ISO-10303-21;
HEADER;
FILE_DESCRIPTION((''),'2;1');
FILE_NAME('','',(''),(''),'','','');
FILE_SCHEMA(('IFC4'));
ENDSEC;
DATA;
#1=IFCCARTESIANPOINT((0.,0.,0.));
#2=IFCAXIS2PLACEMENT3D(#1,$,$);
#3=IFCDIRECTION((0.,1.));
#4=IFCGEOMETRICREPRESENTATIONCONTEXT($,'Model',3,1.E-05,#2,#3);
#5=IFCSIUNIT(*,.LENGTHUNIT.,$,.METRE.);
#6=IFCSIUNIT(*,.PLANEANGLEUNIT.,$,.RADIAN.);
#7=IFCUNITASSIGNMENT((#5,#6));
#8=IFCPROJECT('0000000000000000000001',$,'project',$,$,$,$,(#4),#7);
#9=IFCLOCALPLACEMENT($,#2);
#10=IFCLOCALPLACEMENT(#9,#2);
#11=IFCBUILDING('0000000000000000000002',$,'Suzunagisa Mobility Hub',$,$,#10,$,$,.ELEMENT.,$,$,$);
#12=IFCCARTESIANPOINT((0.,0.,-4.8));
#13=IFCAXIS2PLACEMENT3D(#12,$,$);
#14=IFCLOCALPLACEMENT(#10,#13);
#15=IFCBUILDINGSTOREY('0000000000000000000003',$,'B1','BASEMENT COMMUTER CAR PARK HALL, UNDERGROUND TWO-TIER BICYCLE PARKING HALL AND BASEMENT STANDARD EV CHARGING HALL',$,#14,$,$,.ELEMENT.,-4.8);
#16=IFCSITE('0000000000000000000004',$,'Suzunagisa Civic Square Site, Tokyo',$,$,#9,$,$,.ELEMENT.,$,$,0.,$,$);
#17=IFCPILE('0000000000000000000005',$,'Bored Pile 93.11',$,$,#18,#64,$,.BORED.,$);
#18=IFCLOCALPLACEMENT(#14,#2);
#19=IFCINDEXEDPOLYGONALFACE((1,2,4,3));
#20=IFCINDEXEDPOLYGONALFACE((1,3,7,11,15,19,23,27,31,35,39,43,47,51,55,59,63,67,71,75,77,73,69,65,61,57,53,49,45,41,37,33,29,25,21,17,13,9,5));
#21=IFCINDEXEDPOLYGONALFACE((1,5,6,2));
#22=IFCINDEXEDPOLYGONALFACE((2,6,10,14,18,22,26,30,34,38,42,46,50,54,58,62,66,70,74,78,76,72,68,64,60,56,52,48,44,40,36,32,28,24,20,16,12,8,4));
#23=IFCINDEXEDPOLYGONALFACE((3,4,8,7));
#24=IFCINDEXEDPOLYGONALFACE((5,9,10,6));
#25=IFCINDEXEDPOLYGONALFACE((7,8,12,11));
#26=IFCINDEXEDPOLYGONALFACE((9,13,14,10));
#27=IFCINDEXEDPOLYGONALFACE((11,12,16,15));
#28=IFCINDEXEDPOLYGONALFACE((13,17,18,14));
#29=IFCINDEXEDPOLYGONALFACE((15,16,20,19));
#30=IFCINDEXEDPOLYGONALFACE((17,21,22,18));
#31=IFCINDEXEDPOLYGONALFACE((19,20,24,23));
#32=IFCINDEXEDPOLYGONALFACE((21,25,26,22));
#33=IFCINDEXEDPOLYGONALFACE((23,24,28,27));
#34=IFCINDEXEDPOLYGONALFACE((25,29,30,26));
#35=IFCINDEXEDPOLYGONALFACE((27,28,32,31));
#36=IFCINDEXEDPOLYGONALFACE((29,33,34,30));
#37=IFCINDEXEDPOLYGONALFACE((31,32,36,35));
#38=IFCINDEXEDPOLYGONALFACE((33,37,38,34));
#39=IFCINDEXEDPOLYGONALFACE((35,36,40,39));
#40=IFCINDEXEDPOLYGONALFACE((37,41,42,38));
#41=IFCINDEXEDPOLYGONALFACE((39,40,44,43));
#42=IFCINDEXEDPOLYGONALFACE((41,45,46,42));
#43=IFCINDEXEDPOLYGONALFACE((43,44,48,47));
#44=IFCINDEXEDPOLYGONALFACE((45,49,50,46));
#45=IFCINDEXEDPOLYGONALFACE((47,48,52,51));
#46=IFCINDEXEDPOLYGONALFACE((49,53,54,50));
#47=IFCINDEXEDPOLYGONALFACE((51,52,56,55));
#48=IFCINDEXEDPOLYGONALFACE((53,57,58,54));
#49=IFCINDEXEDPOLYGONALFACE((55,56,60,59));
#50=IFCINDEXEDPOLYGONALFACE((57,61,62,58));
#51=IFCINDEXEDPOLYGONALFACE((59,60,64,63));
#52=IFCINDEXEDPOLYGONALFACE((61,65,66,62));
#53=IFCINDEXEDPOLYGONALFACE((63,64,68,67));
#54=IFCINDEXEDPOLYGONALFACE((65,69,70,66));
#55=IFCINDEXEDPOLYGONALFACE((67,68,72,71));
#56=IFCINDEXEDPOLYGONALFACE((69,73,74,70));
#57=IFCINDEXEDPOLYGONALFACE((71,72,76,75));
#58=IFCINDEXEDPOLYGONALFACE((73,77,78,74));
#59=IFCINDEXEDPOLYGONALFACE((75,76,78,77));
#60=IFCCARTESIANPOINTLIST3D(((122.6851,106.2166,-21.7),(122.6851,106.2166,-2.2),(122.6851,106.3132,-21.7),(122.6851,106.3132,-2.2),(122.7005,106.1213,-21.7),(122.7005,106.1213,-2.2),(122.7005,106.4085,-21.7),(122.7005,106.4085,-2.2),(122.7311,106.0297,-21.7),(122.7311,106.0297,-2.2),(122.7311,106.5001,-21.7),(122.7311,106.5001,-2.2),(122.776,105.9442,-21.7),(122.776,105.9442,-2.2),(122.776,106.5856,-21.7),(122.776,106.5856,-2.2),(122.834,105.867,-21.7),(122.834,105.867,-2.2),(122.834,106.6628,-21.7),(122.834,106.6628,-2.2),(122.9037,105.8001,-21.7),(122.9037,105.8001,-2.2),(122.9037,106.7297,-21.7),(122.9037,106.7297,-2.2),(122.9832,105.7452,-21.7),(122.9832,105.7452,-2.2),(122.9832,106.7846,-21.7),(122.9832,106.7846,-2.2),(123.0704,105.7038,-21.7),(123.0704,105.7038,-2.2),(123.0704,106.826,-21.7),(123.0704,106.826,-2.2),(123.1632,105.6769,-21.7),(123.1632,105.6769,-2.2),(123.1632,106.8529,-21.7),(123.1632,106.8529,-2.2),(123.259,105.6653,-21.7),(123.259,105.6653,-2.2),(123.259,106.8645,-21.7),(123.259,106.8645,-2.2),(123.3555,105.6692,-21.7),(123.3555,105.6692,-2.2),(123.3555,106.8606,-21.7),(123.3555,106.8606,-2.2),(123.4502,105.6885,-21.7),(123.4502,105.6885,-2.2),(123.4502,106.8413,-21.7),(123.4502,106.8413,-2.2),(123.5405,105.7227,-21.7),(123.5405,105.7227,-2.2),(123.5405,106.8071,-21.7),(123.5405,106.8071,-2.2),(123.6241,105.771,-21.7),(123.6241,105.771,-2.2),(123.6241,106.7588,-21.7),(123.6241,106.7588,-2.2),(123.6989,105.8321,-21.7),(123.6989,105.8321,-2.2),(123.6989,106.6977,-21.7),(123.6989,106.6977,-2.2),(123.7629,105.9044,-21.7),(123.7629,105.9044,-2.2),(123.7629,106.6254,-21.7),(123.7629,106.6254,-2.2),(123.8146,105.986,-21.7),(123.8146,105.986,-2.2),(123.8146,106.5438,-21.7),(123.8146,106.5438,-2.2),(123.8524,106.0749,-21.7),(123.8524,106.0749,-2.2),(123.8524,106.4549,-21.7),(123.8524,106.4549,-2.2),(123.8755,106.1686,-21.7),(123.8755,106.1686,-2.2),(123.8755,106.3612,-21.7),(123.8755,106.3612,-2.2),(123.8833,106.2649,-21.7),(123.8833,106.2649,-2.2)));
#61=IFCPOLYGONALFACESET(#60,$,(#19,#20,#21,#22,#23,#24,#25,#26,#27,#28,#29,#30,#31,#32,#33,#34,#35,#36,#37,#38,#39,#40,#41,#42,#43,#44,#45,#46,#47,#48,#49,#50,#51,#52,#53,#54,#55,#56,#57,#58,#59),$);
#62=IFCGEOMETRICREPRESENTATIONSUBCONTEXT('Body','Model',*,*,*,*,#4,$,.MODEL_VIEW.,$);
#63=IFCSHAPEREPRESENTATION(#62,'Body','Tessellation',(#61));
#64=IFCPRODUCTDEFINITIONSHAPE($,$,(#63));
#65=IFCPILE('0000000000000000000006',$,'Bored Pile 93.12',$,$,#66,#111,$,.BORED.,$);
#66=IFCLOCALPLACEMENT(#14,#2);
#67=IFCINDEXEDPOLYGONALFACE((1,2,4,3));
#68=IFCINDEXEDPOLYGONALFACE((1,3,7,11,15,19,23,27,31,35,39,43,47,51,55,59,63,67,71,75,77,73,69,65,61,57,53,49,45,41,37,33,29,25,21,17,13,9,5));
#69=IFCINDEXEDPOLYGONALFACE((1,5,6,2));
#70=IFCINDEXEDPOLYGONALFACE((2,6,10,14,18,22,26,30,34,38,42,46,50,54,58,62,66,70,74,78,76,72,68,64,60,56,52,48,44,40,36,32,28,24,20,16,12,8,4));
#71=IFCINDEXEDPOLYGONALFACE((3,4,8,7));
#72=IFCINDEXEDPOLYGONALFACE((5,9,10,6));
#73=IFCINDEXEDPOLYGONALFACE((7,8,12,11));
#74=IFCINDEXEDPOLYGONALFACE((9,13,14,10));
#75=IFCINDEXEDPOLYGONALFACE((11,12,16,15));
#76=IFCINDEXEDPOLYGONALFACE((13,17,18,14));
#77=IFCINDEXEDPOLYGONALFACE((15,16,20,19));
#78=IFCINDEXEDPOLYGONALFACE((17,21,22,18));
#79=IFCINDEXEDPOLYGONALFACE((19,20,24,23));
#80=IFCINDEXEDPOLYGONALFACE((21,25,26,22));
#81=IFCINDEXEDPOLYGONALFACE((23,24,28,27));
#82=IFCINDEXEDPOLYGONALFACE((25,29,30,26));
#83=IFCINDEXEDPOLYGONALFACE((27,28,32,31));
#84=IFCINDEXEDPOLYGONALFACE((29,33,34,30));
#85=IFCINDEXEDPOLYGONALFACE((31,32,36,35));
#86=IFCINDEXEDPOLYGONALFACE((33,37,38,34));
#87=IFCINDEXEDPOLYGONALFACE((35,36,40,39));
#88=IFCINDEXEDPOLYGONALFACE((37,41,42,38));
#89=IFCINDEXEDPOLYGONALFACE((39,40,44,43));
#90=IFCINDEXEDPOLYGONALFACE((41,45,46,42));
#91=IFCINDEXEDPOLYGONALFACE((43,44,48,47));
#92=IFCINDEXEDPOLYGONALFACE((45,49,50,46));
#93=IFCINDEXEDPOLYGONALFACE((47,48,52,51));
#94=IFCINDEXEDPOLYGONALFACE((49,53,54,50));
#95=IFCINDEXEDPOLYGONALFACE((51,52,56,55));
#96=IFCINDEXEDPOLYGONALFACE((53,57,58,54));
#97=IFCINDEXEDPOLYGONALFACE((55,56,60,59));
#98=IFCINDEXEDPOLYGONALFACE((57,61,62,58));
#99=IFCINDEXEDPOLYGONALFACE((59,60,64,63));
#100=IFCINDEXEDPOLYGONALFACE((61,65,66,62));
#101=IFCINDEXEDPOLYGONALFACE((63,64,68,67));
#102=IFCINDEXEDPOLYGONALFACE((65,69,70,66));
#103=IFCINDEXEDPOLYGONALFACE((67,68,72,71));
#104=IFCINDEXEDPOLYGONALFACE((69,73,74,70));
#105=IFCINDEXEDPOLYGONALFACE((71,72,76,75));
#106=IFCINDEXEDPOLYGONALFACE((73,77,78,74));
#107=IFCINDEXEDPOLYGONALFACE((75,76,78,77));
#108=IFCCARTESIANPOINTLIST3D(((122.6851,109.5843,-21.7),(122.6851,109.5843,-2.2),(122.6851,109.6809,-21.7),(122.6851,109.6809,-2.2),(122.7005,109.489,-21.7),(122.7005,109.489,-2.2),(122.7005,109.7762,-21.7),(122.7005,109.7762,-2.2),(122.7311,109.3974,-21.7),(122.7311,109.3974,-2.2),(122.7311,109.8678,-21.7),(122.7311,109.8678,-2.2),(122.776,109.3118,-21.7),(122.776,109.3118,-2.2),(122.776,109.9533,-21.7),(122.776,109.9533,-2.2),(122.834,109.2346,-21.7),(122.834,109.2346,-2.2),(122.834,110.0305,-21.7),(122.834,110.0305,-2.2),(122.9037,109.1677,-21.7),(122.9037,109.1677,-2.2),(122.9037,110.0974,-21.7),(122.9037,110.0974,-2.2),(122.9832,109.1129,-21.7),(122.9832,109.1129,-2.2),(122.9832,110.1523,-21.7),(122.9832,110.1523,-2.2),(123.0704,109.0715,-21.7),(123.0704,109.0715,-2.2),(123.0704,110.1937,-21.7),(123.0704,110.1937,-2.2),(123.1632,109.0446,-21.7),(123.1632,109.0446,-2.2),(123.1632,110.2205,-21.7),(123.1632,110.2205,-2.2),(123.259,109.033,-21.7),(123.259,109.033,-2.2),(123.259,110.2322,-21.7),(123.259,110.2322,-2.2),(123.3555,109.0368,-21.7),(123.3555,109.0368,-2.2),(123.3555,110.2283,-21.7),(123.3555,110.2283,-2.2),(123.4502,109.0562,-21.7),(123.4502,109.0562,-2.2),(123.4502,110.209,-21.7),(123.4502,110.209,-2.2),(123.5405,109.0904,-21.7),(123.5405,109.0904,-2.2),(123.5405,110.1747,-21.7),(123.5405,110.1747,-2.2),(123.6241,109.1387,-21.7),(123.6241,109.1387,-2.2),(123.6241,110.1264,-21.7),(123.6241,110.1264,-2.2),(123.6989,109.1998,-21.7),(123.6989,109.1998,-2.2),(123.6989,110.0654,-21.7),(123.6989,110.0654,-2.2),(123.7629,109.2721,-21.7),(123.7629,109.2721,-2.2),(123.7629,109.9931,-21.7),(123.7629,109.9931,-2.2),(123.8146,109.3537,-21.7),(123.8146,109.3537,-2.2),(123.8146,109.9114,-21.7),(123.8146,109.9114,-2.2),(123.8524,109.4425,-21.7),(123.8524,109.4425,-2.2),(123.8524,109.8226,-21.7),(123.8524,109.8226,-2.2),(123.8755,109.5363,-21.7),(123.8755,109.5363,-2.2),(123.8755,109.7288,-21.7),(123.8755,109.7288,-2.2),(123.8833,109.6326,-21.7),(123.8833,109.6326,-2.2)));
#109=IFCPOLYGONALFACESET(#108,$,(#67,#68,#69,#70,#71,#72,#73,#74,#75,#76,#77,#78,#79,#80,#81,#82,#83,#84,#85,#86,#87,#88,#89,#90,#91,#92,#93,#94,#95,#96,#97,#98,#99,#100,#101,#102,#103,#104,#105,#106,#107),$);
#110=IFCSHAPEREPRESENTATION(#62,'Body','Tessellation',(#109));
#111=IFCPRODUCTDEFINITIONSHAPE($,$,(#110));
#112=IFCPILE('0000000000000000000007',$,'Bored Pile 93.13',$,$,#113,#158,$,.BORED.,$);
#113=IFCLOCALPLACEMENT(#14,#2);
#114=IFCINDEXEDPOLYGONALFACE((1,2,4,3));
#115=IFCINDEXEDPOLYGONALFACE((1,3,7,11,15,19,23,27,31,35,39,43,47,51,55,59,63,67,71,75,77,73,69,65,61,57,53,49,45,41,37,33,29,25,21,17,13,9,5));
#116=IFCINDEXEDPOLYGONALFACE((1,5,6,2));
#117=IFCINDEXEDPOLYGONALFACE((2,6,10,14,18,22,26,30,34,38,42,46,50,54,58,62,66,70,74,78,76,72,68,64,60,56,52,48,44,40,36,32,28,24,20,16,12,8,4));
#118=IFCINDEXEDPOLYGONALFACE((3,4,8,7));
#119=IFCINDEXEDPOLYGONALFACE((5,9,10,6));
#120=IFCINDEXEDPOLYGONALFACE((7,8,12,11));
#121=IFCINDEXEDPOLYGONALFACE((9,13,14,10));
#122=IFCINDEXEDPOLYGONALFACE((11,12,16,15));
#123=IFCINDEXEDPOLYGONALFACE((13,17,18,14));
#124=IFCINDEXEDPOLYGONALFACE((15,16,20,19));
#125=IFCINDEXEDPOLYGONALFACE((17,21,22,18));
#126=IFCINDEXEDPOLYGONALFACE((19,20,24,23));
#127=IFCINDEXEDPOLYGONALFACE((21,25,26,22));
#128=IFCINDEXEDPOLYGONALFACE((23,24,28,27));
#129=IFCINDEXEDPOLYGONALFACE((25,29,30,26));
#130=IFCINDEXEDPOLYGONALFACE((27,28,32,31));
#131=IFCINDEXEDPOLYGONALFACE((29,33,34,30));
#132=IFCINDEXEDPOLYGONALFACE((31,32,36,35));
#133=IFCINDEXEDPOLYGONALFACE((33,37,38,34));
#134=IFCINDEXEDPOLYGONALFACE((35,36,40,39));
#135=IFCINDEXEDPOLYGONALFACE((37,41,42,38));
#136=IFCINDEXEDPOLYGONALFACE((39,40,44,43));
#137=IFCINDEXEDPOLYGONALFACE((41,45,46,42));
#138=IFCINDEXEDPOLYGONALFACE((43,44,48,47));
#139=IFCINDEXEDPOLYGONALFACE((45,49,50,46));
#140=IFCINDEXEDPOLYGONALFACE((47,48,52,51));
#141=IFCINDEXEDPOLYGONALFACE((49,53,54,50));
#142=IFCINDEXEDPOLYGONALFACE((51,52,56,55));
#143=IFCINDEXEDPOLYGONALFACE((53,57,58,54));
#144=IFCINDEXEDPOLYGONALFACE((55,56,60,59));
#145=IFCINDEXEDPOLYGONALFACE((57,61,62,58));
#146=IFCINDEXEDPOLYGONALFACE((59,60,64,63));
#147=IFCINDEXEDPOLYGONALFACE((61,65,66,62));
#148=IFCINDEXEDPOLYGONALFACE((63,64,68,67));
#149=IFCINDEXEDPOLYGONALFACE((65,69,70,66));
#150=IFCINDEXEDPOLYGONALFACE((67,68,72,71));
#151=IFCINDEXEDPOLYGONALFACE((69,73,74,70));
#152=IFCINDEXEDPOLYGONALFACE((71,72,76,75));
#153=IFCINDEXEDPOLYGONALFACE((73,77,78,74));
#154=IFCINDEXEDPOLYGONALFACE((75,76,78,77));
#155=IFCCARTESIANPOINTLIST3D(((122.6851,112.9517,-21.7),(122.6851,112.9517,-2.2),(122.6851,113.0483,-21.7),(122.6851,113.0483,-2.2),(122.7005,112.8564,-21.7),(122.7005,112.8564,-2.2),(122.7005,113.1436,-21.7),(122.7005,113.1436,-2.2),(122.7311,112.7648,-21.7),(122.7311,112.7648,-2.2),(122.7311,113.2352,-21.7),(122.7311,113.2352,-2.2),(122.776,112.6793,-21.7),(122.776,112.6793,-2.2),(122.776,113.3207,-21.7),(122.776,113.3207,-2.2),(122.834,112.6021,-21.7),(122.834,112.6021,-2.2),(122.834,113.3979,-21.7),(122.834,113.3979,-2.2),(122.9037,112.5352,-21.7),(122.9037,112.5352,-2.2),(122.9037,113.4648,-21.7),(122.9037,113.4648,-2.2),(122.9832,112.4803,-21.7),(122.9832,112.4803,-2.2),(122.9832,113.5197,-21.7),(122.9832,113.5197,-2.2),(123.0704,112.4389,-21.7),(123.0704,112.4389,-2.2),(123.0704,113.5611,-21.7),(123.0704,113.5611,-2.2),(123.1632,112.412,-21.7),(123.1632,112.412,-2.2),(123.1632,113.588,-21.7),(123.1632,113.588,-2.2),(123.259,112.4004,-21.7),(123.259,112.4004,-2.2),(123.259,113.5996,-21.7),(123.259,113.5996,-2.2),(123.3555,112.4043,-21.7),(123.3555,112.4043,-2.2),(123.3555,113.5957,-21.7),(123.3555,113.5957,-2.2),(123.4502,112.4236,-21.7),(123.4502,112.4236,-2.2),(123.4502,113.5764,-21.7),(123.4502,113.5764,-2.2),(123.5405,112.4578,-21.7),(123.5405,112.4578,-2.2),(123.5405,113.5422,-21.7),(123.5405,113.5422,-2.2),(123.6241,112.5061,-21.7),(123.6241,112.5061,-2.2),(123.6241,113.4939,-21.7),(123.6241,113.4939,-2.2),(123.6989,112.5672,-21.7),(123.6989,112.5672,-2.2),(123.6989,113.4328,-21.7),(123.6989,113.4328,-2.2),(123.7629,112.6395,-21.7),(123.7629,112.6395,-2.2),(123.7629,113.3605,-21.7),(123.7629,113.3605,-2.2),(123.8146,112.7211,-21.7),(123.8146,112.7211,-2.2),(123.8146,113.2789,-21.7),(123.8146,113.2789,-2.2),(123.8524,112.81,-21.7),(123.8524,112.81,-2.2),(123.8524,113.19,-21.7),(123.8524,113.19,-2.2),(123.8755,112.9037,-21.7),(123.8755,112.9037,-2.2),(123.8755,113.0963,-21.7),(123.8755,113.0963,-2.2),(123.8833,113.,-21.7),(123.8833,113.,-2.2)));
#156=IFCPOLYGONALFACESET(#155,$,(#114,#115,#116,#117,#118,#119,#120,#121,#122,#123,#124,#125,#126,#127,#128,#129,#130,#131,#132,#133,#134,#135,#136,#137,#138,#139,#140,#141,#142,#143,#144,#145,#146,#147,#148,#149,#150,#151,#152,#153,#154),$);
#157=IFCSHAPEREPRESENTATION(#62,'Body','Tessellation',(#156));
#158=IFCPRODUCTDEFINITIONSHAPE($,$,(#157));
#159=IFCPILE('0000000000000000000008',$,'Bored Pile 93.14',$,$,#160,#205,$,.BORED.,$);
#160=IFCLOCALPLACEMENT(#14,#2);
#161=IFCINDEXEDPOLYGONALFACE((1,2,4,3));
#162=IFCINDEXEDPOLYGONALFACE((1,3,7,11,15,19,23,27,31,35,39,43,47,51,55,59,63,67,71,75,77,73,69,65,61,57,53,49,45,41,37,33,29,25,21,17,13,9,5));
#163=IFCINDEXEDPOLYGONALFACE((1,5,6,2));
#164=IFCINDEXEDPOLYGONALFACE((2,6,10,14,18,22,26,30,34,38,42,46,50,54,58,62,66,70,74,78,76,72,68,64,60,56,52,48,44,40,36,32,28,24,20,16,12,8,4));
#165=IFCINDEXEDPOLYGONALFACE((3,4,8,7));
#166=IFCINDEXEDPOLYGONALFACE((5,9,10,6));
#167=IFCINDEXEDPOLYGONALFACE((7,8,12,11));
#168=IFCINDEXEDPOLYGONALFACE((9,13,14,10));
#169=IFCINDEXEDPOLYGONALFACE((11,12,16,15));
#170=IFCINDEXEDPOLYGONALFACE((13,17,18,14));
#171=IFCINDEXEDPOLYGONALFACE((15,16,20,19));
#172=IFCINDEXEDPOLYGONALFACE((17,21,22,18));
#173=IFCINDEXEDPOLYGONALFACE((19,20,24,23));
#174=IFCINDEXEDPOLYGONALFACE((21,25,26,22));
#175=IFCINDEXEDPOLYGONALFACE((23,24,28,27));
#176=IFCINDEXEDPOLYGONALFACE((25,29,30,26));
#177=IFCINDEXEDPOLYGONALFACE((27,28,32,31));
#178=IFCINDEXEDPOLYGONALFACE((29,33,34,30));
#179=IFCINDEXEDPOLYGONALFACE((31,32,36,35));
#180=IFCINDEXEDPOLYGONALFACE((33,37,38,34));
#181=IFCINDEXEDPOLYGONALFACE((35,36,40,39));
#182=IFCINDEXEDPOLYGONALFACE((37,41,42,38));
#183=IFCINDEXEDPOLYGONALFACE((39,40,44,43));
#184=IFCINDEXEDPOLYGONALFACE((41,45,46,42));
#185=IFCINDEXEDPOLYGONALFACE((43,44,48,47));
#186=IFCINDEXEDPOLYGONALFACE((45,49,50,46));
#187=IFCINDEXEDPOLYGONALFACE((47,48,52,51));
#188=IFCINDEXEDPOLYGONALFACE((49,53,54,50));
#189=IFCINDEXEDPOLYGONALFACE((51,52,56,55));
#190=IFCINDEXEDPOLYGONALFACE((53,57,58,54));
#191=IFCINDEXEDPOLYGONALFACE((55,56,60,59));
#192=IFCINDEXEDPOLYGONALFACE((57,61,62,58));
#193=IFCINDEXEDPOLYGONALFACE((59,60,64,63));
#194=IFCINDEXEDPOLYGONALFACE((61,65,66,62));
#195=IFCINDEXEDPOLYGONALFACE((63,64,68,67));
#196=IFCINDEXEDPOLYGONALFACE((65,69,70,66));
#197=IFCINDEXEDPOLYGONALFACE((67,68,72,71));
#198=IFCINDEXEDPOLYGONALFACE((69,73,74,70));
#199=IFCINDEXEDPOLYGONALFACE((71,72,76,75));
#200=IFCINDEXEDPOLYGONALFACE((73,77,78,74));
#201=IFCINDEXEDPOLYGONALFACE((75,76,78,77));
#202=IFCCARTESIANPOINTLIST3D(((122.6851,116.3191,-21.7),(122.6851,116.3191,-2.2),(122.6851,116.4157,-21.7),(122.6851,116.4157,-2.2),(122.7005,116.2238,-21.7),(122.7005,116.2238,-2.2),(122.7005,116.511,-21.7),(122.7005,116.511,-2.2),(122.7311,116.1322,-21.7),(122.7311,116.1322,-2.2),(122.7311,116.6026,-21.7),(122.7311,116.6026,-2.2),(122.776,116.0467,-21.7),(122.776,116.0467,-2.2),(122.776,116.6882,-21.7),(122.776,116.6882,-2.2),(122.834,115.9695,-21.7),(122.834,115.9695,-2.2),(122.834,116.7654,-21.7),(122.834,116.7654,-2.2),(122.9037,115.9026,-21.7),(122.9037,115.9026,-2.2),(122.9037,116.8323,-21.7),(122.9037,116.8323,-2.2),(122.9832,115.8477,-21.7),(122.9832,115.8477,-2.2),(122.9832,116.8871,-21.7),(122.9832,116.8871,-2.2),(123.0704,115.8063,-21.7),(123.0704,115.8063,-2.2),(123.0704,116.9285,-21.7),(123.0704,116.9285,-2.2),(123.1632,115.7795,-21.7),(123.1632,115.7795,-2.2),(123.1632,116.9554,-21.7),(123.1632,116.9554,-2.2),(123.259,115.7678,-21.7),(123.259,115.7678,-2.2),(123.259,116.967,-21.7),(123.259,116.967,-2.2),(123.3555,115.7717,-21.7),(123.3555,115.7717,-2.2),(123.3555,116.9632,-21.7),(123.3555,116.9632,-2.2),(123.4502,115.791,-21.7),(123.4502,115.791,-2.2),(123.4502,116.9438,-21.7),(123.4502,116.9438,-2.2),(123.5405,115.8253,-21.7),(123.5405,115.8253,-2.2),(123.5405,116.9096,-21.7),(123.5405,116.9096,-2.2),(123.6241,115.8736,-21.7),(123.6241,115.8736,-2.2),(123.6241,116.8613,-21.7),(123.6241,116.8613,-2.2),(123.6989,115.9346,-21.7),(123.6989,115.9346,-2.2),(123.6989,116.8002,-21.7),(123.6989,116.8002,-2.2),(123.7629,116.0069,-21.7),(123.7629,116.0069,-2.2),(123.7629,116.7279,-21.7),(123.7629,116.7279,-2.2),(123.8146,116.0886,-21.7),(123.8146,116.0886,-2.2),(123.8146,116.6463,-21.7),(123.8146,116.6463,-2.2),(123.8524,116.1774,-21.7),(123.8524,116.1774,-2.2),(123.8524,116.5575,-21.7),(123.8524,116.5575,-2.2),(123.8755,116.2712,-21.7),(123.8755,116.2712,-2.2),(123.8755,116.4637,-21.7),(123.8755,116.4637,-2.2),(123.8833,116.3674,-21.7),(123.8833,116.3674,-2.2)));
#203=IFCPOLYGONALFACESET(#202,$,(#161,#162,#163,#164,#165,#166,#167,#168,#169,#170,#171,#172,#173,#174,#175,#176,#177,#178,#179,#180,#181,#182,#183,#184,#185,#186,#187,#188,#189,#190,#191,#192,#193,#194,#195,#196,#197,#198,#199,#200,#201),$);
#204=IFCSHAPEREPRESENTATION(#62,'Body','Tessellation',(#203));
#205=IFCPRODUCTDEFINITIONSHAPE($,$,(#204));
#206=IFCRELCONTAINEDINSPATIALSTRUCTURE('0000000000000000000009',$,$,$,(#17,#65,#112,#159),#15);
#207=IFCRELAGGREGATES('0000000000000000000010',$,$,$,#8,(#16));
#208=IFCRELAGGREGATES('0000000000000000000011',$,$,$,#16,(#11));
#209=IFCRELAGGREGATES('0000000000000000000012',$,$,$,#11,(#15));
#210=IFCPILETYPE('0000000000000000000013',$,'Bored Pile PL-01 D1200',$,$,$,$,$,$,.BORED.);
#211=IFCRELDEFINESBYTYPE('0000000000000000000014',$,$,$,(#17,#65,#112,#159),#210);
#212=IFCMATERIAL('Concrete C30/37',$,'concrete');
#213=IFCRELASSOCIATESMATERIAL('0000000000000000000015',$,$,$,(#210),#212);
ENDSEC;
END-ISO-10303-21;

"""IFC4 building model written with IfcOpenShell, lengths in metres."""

from ifc_helpers import new_model, si_unit, direction, frame, origin, origin_2d, place, context, subcontext, project, spatial, circle, extrude, material, material_profile, profile_set, type_object, element, save


model = new_model("IFC4")

# Units and contexts
model_context = context("Model", 3, precision=1e-05, world=origin(), true_north=direction((0.0, 1.0)))
body_context = subcontext(model_context, "Body", "Model", "MODEL_VIEW")
ifc_project = project(units=[si_unit("LENGTHUNIT", "METRE"), si_unit("PLANEANGLEUNIT", "RADIAN")], contexts=[model_context])

# Site, building, storey
site_placement = place(None, origin())
site = spatial("IfcSite", under=ifc_project, at=site_placement, Name="Suzunagisa Civic Square Site, Tokyo", CompositionType="ELEMENT", RefElevation=0.0)
building_placement = place(site_placement, origin())
building = spatial("IfcBuilding", under=site, at=building_placement, Name="Suzunagisa Mobility Hub", CompositionType="ELEMENT")
storey_placement = place(building_placement, frame((0.0, 0.0, -4.8)))
storey = spatial("IfcBuildingStorey", under=building, at=storey_placement, Name="B1", Description="BASEMENT COMMUTER CAR PARK HALL, UNDERGROUND TWO-TIER BICYCLE PARKING HALL AND BASEMENT STANDARD EV CHARGING HALL", CompositionType="ELEMENT", Elevation=-4.8)

# Piles
ifc_material_1 = material(Name="Concrete C30/37", Category="concrete")
ifc_material_profile_1 = material_profile(ifc_material_1, circle(Radius=0.6001, at=origin_2d()), Name="BORED PILE D1200")
ifc_profile_set_1 = profile_set([ifc_material_profile_1], Name="Concrete C30/37")
pile_type = type_object("IfcPileType", Name="Bored Pile PL-01 D1200", PredefinedType="BORED", material=ifc_profile_set_1)
for number, where, z_axis, x_axis, name in (
    (1, (123.2832, 106.2649, -2.2), (0.0, 0.0, -1.0), (1.0, 0.0, 0.0), "Bored Pile 93.11"),
    (2, (123.2832, 109.6326, -2.2), (0.0, 0.0, -1.0), (1.0, 0.0, 0.0), "Bored Pile 93.12"),
    (3, (123.2832, 113.0, -2.2), (0.0, 0.0, -1.0), (1.0, 0.0, 0.0), "Bored Pile 93.13"),
    (4, (123.2832, 116.3674, -2.2), (0.0, 0.0, -1.0), (1.0, 0.0, 0.0), "Bored Pile 93.14"),
):
    element("IfcPile", number, at=place(storey_placement, frame(where, z_axis=z_axis, x_axis=x_axis)), inside=storey, type_object=pile_type, Name=name, PredefinedType="BORED", context=body_context, shape_type="SweptSolid", body=[
        extrude(circle(Radius=0.6001, at=origin_2d()), origin(), (0.0, 0.0, 1.0), 19.5),
    ])

save(model, "model.ifc")
